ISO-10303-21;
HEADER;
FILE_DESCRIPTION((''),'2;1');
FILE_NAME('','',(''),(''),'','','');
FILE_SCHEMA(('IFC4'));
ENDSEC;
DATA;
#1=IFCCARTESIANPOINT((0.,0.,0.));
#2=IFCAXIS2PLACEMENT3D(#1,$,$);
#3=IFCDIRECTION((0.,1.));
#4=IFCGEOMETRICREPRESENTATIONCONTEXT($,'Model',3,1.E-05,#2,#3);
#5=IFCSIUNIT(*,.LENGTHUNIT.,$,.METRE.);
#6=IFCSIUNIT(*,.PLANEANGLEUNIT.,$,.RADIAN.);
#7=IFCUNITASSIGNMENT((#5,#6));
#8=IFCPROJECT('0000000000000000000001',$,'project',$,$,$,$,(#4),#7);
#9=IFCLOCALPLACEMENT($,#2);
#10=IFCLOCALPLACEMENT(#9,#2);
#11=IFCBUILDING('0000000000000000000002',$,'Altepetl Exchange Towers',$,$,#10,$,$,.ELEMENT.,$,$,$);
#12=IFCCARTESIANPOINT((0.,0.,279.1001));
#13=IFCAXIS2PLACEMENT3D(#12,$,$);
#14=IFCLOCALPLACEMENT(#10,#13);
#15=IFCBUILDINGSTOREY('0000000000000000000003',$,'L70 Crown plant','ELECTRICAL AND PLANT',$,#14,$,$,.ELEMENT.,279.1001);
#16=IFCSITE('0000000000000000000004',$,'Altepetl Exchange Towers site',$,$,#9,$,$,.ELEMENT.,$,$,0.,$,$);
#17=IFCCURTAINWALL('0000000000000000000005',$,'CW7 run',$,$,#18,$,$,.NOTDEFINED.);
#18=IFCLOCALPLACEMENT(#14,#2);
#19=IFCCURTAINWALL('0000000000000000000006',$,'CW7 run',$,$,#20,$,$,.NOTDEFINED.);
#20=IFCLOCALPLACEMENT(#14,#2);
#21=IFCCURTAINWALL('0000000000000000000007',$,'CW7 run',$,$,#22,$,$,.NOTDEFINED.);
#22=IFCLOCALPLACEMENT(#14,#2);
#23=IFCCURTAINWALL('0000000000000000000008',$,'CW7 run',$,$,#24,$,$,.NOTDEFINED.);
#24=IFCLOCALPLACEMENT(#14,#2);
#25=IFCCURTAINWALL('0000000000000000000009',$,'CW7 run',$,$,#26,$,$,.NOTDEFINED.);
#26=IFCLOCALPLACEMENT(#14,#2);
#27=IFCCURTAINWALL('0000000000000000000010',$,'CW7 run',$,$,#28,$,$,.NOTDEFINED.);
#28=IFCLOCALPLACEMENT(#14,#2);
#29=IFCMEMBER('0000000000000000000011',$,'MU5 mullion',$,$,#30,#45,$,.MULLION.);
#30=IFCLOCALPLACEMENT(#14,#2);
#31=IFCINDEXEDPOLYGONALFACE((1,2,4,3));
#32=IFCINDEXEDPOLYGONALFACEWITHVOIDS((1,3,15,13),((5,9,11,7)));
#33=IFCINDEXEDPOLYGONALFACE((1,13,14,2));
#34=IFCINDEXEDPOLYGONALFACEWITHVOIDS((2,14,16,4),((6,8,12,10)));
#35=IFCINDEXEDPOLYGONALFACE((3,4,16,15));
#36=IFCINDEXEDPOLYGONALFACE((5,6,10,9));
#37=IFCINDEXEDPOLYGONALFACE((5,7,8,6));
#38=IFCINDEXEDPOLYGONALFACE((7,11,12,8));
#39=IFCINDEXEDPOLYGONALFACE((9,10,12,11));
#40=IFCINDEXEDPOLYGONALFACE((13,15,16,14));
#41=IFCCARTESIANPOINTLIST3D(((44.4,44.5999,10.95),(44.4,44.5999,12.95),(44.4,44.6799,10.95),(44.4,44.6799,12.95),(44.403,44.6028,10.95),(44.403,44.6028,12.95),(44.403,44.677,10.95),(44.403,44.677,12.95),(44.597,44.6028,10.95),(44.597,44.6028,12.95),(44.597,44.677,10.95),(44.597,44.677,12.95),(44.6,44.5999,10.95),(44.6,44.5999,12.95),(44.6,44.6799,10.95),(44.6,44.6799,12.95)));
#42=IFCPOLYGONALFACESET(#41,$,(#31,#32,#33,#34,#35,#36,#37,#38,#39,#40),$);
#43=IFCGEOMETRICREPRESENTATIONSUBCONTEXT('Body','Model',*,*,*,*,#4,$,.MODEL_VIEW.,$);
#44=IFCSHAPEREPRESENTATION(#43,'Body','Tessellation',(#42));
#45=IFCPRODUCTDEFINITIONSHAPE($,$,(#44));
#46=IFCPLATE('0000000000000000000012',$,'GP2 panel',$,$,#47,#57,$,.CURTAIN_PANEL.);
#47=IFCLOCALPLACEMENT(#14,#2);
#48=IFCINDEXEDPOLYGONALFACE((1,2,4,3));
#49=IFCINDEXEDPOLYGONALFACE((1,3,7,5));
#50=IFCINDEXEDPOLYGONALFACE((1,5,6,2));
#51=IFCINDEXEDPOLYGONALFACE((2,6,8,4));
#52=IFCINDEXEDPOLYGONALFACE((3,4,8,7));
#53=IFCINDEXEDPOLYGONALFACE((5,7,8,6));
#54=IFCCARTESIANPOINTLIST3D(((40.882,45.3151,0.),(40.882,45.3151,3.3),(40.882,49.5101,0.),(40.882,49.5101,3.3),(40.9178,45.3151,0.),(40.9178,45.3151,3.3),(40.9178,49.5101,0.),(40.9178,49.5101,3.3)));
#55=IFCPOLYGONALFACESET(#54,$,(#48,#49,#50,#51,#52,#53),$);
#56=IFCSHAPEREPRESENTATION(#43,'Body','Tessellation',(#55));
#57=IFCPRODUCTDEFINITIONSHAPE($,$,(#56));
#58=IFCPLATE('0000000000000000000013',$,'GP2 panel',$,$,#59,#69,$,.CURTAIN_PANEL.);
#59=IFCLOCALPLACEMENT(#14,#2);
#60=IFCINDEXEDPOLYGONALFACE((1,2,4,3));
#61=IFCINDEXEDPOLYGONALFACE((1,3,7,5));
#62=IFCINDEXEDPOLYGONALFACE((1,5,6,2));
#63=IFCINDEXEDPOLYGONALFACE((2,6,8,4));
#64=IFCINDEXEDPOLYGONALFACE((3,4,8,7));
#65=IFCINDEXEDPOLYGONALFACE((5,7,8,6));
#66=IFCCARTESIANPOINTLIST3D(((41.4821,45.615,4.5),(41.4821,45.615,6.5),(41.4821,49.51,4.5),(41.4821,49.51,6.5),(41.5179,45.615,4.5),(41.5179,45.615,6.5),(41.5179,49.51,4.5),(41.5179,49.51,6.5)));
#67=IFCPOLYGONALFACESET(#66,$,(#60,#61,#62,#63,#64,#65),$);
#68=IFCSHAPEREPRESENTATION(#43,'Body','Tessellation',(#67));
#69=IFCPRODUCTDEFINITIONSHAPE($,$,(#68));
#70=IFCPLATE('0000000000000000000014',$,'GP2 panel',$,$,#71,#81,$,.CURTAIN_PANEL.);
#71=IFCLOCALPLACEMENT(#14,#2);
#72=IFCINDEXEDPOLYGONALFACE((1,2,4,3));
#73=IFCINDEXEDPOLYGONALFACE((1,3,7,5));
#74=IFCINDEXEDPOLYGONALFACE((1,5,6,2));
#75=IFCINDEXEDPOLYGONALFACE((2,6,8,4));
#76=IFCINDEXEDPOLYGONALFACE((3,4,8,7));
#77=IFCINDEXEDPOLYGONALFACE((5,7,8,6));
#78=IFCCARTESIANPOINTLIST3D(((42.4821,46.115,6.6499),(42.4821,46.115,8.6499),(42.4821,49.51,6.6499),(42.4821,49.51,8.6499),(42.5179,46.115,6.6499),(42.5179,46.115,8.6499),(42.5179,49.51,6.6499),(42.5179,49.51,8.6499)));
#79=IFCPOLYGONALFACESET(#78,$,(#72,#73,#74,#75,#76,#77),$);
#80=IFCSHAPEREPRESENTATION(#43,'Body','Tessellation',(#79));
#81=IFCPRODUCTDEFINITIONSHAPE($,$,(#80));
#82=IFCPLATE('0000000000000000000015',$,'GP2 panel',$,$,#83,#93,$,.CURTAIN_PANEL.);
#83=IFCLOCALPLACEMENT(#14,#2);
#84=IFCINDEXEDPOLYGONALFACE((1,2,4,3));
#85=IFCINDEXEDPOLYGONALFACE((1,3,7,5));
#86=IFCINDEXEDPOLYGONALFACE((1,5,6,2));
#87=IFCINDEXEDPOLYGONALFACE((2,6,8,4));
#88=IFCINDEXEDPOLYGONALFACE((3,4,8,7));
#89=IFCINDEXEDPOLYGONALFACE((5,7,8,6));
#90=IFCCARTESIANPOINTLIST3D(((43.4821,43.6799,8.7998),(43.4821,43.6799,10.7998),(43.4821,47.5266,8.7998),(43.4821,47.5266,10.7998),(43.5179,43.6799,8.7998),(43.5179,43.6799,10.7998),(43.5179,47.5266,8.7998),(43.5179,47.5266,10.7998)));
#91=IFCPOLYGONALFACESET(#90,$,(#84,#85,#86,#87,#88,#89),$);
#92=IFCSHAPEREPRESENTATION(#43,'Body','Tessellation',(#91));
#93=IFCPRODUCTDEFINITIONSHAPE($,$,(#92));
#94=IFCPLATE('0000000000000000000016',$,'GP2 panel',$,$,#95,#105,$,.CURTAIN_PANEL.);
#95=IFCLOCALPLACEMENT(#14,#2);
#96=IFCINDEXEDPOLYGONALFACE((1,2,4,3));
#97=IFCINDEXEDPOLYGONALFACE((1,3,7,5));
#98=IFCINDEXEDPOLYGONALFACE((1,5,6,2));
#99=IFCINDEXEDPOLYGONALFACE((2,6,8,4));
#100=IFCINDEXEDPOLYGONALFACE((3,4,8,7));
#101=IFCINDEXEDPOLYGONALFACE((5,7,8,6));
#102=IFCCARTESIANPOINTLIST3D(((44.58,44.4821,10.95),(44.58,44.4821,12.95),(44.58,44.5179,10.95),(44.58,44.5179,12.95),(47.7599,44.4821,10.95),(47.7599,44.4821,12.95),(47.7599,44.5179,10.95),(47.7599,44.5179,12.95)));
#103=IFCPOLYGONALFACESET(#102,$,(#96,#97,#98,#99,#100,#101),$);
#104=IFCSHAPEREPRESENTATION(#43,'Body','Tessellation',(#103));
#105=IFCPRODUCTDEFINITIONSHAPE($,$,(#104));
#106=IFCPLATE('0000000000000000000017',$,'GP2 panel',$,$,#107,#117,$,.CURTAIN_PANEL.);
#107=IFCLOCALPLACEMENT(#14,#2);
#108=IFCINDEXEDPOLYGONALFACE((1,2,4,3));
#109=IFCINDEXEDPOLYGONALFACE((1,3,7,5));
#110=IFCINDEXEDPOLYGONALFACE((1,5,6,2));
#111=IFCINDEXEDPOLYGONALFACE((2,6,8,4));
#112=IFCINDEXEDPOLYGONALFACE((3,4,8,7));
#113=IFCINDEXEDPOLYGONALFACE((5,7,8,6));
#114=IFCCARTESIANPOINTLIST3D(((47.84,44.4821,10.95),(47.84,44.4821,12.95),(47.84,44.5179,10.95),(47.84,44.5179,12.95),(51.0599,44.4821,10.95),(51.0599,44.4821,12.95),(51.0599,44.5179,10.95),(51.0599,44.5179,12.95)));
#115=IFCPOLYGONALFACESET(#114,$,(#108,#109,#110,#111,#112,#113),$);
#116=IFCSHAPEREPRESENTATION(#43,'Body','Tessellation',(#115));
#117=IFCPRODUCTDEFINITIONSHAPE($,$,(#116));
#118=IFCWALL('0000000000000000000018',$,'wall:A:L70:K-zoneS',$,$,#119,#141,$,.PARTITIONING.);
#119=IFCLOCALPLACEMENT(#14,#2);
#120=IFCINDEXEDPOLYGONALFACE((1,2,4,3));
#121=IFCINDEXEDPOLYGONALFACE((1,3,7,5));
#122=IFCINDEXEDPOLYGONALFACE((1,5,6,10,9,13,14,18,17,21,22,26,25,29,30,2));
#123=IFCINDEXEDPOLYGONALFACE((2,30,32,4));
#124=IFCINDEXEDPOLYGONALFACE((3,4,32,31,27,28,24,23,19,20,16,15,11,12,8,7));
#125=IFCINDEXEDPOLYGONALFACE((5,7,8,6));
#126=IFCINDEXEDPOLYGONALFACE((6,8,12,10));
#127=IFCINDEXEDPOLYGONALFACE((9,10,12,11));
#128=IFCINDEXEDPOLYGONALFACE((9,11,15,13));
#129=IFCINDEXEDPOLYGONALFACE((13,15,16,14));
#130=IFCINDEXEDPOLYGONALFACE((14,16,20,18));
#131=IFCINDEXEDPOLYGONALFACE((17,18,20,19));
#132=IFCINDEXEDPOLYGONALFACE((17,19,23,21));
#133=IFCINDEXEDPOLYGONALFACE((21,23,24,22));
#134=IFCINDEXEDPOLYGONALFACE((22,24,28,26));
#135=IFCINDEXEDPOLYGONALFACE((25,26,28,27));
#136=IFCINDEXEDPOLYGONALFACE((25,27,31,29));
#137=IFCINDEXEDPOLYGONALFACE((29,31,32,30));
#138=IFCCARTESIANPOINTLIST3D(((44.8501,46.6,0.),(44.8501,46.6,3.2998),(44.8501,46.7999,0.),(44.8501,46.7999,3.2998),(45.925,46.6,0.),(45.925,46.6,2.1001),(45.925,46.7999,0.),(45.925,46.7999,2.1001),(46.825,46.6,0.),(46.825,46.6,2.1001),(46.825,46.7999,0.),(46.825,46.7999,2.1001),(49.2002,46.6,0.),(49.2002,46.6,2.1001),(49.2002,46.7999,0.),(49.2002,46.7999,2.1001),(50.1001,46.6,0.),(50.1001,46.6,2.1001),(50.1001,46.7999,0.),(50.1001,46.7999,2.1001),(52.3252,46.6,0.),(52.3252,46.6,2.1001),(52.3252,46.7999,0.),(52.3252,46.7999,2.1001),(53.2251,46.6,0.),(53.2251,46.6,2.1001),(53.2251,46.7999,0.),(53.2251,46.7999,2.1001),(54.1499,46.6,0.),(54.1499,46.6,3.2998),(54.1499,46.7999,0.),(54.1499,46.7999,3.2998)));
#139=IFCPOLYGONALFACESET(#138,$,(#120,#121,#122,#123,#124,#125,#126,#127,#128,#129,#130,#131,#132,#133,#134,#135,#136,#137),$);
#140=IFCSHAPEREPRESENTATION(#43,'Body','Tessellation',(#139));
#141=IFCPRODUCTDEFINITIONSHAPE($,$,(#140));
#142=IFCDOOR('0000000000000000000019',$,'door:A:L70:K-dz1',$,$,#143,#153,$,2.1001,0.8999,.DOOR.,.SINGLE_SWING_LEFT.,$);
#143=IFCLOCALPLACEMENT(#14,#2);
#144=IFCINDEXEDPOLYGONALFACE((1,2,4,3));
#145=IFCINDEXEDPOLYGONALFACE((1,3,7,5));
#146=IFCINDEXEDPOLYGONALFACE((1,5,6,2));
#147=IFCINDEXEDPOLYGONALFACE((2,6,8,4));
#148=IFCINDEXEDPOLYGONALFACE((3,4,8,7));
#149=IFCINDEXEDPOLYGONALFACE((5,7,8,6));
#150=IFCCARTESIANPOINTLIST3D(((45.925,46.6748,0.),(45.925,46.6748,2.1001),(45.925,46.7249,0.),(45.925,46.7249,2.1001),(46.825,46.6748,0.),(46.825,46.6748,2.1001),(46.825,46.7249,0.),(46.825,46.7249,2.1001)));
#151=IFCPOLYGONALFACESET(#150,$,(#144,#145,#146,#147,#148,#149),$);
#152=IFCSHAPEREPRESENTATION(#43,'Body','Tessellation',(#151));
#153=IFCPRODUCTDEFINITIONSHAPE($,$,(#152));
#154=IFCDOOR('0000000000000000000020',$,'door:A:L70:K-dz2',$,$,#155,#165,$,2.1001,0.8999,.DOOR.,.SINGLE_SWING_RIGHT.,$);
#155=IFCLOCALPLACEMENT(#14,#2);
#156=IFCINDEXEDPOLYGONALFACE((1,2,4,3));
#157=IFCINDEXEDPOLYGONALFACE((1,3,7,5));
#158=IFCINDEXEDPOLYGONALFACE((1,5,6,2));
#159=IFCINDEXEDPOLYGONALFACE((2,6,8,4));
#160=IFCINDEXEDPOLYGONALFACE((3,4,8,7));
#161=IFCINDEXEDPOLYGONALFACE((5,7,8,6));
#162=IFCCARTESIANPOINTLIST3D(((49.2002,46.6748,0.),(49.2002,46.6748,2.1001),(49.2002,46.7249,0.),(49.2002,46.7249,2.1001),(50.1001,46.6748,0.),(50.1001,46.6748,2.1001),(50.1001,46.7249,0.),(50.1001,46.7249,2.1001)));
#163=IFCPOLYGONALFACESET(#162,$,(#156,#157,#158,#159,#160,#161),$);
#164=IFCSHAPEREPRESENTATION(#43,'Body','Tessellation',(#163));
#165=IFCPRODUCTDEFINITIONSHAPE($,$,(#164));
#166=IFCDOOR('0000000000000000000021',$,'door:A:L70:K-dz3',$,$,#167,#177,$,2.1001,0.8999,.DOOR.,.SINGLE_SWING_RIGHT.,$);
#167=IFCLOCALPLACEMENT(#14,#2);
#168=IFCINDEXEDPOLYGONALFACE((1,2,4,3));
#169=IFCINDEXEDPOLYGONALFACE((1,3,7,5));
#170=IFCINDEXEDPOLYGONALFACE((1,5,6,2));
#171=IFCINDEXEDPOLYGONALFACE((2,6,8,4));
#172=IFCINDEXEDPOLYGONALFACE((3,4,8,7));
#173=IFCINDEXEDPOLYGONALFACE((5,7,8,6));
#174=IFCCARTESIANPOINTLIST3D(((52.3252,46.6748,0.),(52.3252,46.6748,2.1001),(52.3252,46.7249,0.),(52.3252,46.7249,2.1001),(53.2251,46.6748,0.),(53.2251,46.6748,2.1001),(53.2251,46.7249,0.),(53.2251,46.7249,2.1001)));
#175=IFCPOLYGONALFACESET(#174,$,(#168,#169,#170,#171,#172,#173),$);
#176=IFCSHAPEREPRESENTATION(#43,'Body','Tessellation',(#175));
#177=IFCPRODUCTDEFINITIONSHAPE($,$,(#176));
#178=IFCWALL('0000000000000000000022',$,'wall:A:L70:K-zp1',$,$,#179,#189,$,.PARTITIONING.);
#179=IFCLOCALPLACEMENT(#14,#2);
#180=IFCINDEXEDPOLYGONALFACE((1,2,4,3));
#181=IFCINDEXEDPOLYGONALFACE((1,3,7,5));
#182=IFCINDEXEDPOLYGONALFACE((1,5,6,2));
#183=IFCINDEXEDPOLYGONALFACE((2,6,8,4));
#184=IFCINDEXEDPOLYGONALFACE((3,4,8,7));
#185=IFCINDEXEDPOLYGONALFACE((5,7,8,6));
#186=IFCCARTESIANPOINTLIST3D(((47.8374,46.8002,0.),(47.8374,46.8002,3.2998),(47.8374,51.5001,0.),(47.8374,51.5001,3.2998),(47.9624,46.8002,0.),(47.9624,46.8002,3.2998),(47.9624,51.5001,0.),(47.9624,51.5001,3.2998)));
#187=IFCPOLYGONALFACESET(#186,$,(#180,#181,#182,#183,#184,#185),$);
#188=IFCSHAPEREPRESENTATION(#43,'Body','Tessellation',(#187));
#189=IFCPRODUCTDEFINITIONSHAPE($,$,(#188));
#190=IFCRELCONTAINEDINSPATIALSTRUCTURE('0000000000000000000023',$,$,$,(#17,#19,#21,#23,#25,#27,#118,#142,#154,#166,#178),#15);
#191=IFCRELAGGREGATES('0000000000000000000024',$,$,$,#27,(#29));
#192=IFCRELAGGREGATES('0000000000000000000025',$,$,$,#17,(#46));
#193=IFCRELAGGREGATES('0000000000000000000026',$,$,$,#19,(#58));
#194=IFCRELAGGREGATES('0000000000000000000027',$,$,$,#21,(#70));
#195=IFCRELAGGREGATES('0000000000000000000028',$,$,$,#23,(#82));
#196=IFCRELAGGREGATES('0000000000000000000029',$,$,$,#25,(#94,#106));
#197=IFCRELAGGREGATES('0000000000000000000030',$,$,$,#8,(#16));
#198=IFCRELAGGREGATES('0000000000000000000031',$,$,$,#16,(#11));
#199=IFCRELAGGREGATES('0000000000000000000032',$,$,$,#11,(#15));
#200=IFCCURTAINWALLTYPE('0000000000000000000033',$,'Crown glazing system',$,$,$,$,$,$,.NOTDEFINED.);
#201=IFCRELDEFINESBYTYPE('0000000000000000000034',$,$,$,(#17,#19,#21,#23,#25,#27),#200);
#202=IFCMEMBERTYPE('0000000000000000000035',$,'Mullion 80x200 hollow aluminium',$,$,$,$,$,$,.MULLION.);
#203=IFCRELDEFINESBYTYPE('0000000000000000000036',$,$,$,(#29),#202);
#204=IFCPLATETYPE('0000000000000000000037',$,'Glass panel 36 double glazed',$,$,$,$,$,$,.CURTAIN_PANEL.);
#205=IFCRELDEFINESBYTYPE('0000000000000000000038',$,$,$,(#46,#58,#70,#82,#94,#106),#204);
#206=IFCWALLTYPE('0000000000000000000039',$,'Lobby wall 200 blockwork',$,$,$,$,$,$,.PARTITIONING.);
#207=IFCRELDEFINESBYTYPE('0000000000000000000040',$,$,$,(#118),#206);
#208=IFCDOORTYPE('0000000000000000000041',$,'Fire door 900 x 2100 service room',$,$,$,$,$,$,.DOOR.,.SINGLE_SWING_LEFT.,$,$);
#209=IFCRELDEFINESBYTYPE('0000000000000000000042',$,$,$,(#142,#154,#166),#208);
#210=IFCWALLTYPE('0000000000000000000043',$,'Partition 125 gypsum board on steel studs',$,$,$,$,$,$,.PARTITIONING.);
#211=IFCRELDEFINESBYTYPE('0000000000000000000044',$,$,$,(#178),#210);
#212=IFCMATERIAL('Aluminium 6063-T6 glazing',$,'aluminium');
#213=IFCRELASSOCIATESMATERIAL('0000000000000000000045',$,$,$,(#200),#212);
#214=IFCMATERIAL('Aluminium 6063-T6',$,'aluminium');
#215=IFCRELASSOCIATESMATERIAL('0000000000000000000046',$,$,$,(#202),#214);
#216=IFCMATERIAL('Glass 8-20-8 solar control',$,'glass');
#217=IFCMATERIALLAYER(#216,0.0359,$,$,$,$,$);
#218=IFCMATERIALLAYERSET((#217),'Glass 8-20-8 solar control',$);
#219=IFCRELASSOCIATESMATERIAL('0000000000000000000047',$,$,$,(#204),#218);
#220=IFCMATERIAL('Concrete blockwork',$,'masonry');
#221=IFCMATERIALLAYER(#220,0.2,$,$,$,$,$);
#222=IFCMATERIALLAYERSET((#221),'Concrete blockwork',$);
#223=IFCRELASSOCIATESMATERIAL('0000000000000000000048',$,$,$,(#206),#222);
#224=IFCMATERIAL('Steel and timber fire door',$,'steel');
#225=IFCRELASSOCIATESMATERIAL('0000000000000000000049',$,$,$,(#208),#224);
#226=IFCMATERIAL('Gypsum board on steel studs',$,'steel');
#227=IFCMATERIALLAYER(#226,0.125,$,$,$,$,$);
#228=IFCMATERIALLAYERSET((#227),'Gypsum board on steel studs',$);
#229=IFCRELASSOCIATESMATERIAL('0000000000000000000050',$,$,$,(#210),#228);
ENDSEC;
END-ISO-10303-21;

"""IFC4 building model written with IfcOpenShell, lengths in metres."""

from ifc_helpers import new_model, si_unit, direction, frame, frame_2d, origin, origin_2d, place, context, subcontext, project, spatial, rectangle, hollow_rectangle, extrude, material, layer, layer_set, material_profile, profile_set, type_object, element, fill, aggregate, save


model = new_model("IFC4")

# Units and contexts
model_context = context("Model", 3, precision=1e-05, world=origin(), true_north=direction((0.0, 1.0)))
body_context = subcontext(model_context, "Body", "Model", "MODEL_VIEW")
ifc_project = project(units=[si_unit("LENGTHUNIT", "METRE"), si_unit("PLANEANGLEUNIT", "RADIAN")], contexts=[model_context])

# Site, building, storey
site_placement = place(None, origin())
site = spatial("IfcSite", under=ifc_project, at=site_placement, Name="Altepetl Exchange Towers site", CompositionType="ELEMENT", RefElevation=0.0)
building_placement = place(site_placement, origin())
building = spatial("IfcBuilding", under=site, at=building_placement, Name="Altepetl Exchange Towers", CompositionType="ELEMENT")
storey_placement = place(building_placement, frame((0.0, 0.0, 279.1001)))
storey = spatial("IfcBuildingStorey", under=building, at=storey_placement, Name="L70 Crown plant", Description="ELECTRICAL AND PLANT", CompositionType="ELEMENT", Elevation=279.1001)

# Curtain walls
ifc_material_1 = material(Name="Aluminium 6063-T6 glazing", Category="aluminium")
curtain_wall_type = type_object("IfcCurtainWallType", Name="Crown glazing system", PredefinedType="NOTDEFINED", material=ifc_material_1)
curtain_wall_1_placement = place(storey_placement, origin())
curtain_wall_1 = element("IfcCurtainWall", 1, at=curtain_wall_1_placement, inside=storey, type_object=curtain_wall_type, Name="CW7 run", PredefinedType="NOTDEFINED")
ifc_material_2 = material(Name="Aluminium 6063-T6", Category="aluminium")
ifc_material_profile_1 = material_profile(ifc_material_2, hollow_rectangle(XDim=0.0801, YDim=0.2, WallThickness=0.0029, at=origin_2d()), Name="Mullion 80x200 hollow aluminium")
ifc_profile_set_1 = profile_set([ifc_material_profile_1], Name="Aluminium 6063-T6")
member_type = type_object("IfcMemberType", Name="Mullion 80x200 hollow aluminium", PredefinedType="MULLION", material=ifc_profile_set_1)
curtain_wall_2_placement = place(storey_placement, origin())
curtain_wall_2 = element("IfcCurtainWall", 2, at=curtain_wall_2_placement, inside=storey, type_object=curtain_wall_type, Name="CW7 run", PredefinedType="NOTDEFINED")
curtain_wall_3_placement = place(storey_placement, origin())
curtain_wall_3 = element("IfcCurtainWall", 3, at=curtain_wall_3_placement, inside=storey, type_object=curtain_wall_type, Name="CW7 run", PredefinedType="NOTDEFINED")
curtain_wall_4_placement = place(storey_placement, origin())
curtain_wall_4 = element("IfcCurtainWall", 4, at=curtain_wall_4_placement, inside=storey, type_object=curtain_wall_type, Name="CW7 run", PredefinedType="NOTDEFINED")

# Curtain wall
curtain_wall_5_placement = place(storey_placement, origin())
curtain_wall_5 = element("IfcCurtainWall", 5, at=curtain_wall_5_placement, inside=storey, type_object=curtain_wall_type, Name="CW7 run", PredefinedType="NOTDEFINED")

# Curtain wall, member
curtain_wall_6_placement = place(storey_placement, origin())
curtain_wall_6 = element("IfcCurtainWall", 6, at=curtain_wall_6_placement, inside=storey, type_object=curtain_wall_type, Name="CW7 run", PredefinedType="NOTDEFINED")
member_1_placement = place(storey_placement, frame((44.5, 44.6399, 10.95), z_axis=(0.0, 0.0, 1.0), x_axis=(0.0, -1.0, 0.0)))
member_1 = element("IfcMember", 7, at=member_1_placement, type_object=member_type, Name="MU5 mullion", PredefinedType="MULLION", context=body_context, shape_type="SweptSolid", body=[
    extrude(hollow_rectangle(XDim=0.0801, YDim=0.2, WallThickness=0.0029, at=origin_2d()), origin(), (0.0, 0.0, 1.0), 2.0),
])
aggregate(curtain_wall_6, [member_1])

# Plates
ifc_material_3 = material(Name="Glass 8-20-8 solar control", Category="glass")
ifc_layer_1 = layer(ifc_material_3, 0.0359)
ifc_layer_set_1 = layer_set([ifc_layer_1], Name="Glass 8-20-8 solar control")
plate_type = type_object("IfcPlateType", Name="Glass panel 36 double glazed", PredefinedType="CURTAIN_PANEL", material=ifc_layer_set_1)
plate_1_placement = place(storey_placement, frame((40.8999, 47.4126, 0.0), z_axis=(0.0, 0.0, 1.0), x_axis=(0.0, -1.0, 0.0)))
plate_1 = element("IfcPlate", 8, at=plate_1_placement, type_object=plate_type, Name="GP2 panel", PredefinedType="CURTAIN_PANEL", context=body_context, shape_type="SweptSolid", body=[
    extrude(rectangle(XDim=4.1951, YDim=0.0359, at=origin_2d()), origin(), (0.0, 0.0, 1.0), 3.3),
])
aggregate(curtain_wall_1, [plate_1])
plate_2_placement = place(storey_placement, frame((41.5, 47.5625, 4.5), z_axis=(0.0, 0.0, 1.0), x_axis=(0.0, -1.0, 0.0)))
plate_2 = element("IfcPlate", 9, at=plate_2_placement, type_object=plate_type, Name="GP2 panel", PredefinedType="CURTAIN_PANEL", context=body_context, shape_type="SweptSolid", body=[
    extrude(rectangle(XDim=3.895, YDim=0.0359, at=origin_2d()), origin(), (0.0, 0.0, 1.0), 2.0),
])
aggregate(curtain_wall_2, [plate_2])
plate_3_placement = place(storey_placement, frame((42.5, 47.8125, 6.6499), z_axis=(0.0, 0.0, 1.0), x_axis=(0.0, -1.0, 0.0)))
plate_3 = element("IfcPlate", 10, at=plate_3_placement, type_object=plate_type, Name="GP2 panel", PredefinedType="CURTAIN_PANEL", context=body_context, shape_type="SweptSolid", body=[
    extrude(rectangle(XDim=3.395, YDim=0.0359, at=origin_2d()), origin(), (0.0, 0.0, 1.0), 2.0),
])
aggregate(curtain_wall_3, [plate_3])
plate_4_placement = place(storey_placement, frame((43.5, 45.6033, 8.7998), z_axis=(0.0, 0.0, 1.0), x_axis=(0.0, -1.0, 0.0)))
plate_4 = element("IfcPlate", 11, at=plate_4_placement, type_object=plate_type, Name="GP2 panel", PredefinedType="CURTAIN_PANEL", context=body_context, shape_type="SweptSolid", body=[
    extrude(rectangle(XDim=3.8467, YDim=0.0359, at=origin_2d()), origin(), (0.0, 0.0, 1.0), 2.0),
])
aggregate(curtain_wall_4, [plate_4])
plate_5_placement = place(storey_placement, frame((46.1699, 44.5, 10.95)))
plate_5 = element("IfcPlate", 12, at=plate_5_placement, type_object=plate_type, Name="GP2 panel", PredefinedType="CURTAIN_PANEL", context=body_context, shape_type="SweptSolid", body=[
    extrude(rectangle(XDim=3.1799, YDim=0.0359, at=origin_2d()), origin(), (0.0, 0.0, 1.0), 2.0),
])
plate_6_placement = place(storey_placement, frame((49.45, 44.5, 10.95)))
plate_6 = element("IfcPlate", 13, at=plate_6_placement, type_object=plate_type, Name="GP2 panel", PredefinedType="CURTAIN_PANEL", context=body_context, shape_type="SweptSolid", body=[
    extrude(rectangle(XDim=3.22, YDim=0.0359, at=origin_2d()), origin(), (0.0, 0.0, 1.0), 2.0),
])
aggregate(curtain_wall_5, [plate_5, plate_6])

# Wall, openings, doors
ifc_material_4 = material(Name="Concrete blockwork", Category="masonry")
ifc_layer_2 = layer(ifc_material_4, 0.2)
ifc_layer_set_2 = layer_set([ifc_layer_2], Name="Concrete blockwork")
wall_type_1 = type_object("IfcWallType", Name="Lobby wall 200 blockwork", PredefinedType="PARTITIONING", material=ifc_layer_set_2)
wall_1_placement = place(storey_placement, frame((44.8501, 46.7, 0.0)))
wall_1 = element("IfcWall", 14, at=wall_1_placement, inside=storey, type_object=wall_type_1, Name="wall:A:L70:K-zoneS", PredefinedType="PARTITIONING", context=body_context, shape_type="SweptSolid", body=[
    extrude(rectangle(XDim=9.2998, YDim=0.2, at=frame_2d((4.6499, 0.0))), origin(), (0.0, 0.0, 1.0), 3.2998),
])
opening_1_placement = place(wall_1_placement, frame((1.075, 0.0, 0.0)))
opening_1 = element("IfcOpeningElement", 15, at=opening_1_placement, cuts=wall_1, PredefinedType="OPENING", context=body_context, shape_type="SweptSolid", body=[
    extrude(rectangle(XDim=0.8999, YDim=2.1001, at=frame_2d((0.45, 1.05))), frame((0.0, 0.1099, 0.0), z_axis=(0.0, -1.0, 0.0), x_axis=(1.0, 0.0, 0.0)), (0.0, 0.0, 1.0), 0.22),
])
opening_2_placement = place(wall_1_placement, frame((4.3501, 0.0, 0.0)))
opening_2 = element("IfcOpeningElement", 16, at=opening_2_placement, cuts=wall_1, PredefinedType="OPENING", context=body_context, shape_type="SweptSolid", body=[
    extrude(rectangle(XDim=0.8999, YDim=2.1001, at=frame_2d((0.45, 1.05))), frame((0.0, 0.1099, 0.0), z_axis=(0.0, -1.0, 0.0), x_axis=(1.0, 0.0, 0.0)), (0.0, 0.0, 1.0), 0.22),
])
opening_3_placement = place(wall_1_placement, frame((7.4751, 0.0, 0.0)))
opening_3 = element("IfcOpeningElement", 17, at=opening_3_placement, cuts=wall_1, PredefinedType="OPENING", context=body_context, shape_type="SweptSolid", body=[
    extrude(rectangle(XDim=0.8999, YDim=2.1001, at=frame_2d((0.45, 1.05))), frame((0.0, 0.1099, 0.0), z_axis=(0.0, -1.0, 0.0), x_axis=(1.0, 0.0, 0.0)), (0.0, 0.0, 1.0), 0.22),
])
ifc_material_5 = material(Name="Steel and timber fire door", Category="steel")
door_type_1 = type_object("IfcDoorType", Name="Fire door 900 x 2100 service room", OperationType="SINGLE_SWING_LEFT", PredefinedType="DOOR", material=ifc_material_5)
door_1_placement = place(opening_1_placement, origin())
door_1 = element("IfcDoor", 18, at=door_1_placement, inside=storey, type_object=door_type_1, Name="door:A:L70:K-dz1", OperationType="SINGLE_SWING_LEFT", OverallHeight=2.1001, OverallWidth=0.8999, PredefinedType="DOOR", context=body_context, shape_type="SweptSolid", body=[
    extrude(rectangle(XDim=0.8999, YDim=2.1001, at=frame_2d((0.45, 1.05))), frame((0.0, 0.0249, 0.0), z_axis=(0.0, -1.0, 0.0), x_axis=(1.0, 0.0, 0.0)), (0.0, 0.0, 1.0), 0.05),
])
fill(opening_1, door_1)
door_2_placement = place(opening_2_placement, origin())
door_2 = element("IfcDoor", 19, at=door_2_placement, inside=storey, type_object=door_type_1, Name="door:A:L70:K-dz2", OperationType="SINGLE_SWING_RIGHT", OverallHeight=2.1001, OverallWidth=0.8999, PredefinedType="DOOR", context=body_context, shape_type="SweptSolid", body=[
    extrude(rectangle(XDim=0.8999, YDim=2.1001, at=frame_2d((0.45, 1.05))), frame((0.0, 0.0249, 0.0), z_axis=(0.0, -1.0, 0.0), x_axis=(1.0, 0.0, 0.0)), (0.0, 0.0, 1.0), 0.05),
])
fill(opening_2, door_2)
door_3_placement = place(opening_3_placement, origin())
door_3 = element("IfcDoor", 20, at=door_3_placement, inside=storey, type_object=door_type_1, Name="door:A:L70:K-dz3", OperationType="SINGLE_SWING_RIGHT", OverallHeight=2.1001, OverallWidth=0.8999, PredefinedType="DOOR", context=body_context, shape_type="SweptSolid", body=[
    extrude(rectangle(XDim=0.8999, YDim=2.1001, at=frame_2d((0.45, 1.05))), frame((0.0, 0.0249, 0.0), z_axis=(0.0, -1.0, 0.0), x_axis=(1.0, 0.0, 0.0)), (0.0, 0.0, 1.0), 0.05),
])
fill(opening_3, door_3)

# Wall
ifc_material_6 = material(Name="Gypsum board on steel studs", Category="steel")
ifc_layer_3 = layer(ifc_material_6, 0.125)
ifc_layer_set_3 = layer_set([ifc_layer_3], Name="Gypsum board on steel studs")
wall_type_2 = type_object("IfcWallType", Name="Partition 125 gypsum board on steel studs", PredefinedType="PARTITIONING", material=ifc_layer_set_3)
wall_2_placement = place(storey_placement, frame((47.8999, 46.8, 0.0), z_axis=(0.0, 0.0, 1.0), x_axis=(0.0, 1.0, 0.0)))
element("IfcWall", 21, at=wall_2_placement, inside=storey, type_object=wall_type_2, Name="wall:A:L70:K-zp1", PredefinedType="PARTITIONING", context=body_context, shape_type="SweptSolid", body=[
    extrude(rectangle(XDim=4.7, YDim=0.125, at=frame_2d((2.3501, 0.0))), origin(), (0.0, 0.0, 1.0), 3.2998),
])

save(model, "model.ifc")
